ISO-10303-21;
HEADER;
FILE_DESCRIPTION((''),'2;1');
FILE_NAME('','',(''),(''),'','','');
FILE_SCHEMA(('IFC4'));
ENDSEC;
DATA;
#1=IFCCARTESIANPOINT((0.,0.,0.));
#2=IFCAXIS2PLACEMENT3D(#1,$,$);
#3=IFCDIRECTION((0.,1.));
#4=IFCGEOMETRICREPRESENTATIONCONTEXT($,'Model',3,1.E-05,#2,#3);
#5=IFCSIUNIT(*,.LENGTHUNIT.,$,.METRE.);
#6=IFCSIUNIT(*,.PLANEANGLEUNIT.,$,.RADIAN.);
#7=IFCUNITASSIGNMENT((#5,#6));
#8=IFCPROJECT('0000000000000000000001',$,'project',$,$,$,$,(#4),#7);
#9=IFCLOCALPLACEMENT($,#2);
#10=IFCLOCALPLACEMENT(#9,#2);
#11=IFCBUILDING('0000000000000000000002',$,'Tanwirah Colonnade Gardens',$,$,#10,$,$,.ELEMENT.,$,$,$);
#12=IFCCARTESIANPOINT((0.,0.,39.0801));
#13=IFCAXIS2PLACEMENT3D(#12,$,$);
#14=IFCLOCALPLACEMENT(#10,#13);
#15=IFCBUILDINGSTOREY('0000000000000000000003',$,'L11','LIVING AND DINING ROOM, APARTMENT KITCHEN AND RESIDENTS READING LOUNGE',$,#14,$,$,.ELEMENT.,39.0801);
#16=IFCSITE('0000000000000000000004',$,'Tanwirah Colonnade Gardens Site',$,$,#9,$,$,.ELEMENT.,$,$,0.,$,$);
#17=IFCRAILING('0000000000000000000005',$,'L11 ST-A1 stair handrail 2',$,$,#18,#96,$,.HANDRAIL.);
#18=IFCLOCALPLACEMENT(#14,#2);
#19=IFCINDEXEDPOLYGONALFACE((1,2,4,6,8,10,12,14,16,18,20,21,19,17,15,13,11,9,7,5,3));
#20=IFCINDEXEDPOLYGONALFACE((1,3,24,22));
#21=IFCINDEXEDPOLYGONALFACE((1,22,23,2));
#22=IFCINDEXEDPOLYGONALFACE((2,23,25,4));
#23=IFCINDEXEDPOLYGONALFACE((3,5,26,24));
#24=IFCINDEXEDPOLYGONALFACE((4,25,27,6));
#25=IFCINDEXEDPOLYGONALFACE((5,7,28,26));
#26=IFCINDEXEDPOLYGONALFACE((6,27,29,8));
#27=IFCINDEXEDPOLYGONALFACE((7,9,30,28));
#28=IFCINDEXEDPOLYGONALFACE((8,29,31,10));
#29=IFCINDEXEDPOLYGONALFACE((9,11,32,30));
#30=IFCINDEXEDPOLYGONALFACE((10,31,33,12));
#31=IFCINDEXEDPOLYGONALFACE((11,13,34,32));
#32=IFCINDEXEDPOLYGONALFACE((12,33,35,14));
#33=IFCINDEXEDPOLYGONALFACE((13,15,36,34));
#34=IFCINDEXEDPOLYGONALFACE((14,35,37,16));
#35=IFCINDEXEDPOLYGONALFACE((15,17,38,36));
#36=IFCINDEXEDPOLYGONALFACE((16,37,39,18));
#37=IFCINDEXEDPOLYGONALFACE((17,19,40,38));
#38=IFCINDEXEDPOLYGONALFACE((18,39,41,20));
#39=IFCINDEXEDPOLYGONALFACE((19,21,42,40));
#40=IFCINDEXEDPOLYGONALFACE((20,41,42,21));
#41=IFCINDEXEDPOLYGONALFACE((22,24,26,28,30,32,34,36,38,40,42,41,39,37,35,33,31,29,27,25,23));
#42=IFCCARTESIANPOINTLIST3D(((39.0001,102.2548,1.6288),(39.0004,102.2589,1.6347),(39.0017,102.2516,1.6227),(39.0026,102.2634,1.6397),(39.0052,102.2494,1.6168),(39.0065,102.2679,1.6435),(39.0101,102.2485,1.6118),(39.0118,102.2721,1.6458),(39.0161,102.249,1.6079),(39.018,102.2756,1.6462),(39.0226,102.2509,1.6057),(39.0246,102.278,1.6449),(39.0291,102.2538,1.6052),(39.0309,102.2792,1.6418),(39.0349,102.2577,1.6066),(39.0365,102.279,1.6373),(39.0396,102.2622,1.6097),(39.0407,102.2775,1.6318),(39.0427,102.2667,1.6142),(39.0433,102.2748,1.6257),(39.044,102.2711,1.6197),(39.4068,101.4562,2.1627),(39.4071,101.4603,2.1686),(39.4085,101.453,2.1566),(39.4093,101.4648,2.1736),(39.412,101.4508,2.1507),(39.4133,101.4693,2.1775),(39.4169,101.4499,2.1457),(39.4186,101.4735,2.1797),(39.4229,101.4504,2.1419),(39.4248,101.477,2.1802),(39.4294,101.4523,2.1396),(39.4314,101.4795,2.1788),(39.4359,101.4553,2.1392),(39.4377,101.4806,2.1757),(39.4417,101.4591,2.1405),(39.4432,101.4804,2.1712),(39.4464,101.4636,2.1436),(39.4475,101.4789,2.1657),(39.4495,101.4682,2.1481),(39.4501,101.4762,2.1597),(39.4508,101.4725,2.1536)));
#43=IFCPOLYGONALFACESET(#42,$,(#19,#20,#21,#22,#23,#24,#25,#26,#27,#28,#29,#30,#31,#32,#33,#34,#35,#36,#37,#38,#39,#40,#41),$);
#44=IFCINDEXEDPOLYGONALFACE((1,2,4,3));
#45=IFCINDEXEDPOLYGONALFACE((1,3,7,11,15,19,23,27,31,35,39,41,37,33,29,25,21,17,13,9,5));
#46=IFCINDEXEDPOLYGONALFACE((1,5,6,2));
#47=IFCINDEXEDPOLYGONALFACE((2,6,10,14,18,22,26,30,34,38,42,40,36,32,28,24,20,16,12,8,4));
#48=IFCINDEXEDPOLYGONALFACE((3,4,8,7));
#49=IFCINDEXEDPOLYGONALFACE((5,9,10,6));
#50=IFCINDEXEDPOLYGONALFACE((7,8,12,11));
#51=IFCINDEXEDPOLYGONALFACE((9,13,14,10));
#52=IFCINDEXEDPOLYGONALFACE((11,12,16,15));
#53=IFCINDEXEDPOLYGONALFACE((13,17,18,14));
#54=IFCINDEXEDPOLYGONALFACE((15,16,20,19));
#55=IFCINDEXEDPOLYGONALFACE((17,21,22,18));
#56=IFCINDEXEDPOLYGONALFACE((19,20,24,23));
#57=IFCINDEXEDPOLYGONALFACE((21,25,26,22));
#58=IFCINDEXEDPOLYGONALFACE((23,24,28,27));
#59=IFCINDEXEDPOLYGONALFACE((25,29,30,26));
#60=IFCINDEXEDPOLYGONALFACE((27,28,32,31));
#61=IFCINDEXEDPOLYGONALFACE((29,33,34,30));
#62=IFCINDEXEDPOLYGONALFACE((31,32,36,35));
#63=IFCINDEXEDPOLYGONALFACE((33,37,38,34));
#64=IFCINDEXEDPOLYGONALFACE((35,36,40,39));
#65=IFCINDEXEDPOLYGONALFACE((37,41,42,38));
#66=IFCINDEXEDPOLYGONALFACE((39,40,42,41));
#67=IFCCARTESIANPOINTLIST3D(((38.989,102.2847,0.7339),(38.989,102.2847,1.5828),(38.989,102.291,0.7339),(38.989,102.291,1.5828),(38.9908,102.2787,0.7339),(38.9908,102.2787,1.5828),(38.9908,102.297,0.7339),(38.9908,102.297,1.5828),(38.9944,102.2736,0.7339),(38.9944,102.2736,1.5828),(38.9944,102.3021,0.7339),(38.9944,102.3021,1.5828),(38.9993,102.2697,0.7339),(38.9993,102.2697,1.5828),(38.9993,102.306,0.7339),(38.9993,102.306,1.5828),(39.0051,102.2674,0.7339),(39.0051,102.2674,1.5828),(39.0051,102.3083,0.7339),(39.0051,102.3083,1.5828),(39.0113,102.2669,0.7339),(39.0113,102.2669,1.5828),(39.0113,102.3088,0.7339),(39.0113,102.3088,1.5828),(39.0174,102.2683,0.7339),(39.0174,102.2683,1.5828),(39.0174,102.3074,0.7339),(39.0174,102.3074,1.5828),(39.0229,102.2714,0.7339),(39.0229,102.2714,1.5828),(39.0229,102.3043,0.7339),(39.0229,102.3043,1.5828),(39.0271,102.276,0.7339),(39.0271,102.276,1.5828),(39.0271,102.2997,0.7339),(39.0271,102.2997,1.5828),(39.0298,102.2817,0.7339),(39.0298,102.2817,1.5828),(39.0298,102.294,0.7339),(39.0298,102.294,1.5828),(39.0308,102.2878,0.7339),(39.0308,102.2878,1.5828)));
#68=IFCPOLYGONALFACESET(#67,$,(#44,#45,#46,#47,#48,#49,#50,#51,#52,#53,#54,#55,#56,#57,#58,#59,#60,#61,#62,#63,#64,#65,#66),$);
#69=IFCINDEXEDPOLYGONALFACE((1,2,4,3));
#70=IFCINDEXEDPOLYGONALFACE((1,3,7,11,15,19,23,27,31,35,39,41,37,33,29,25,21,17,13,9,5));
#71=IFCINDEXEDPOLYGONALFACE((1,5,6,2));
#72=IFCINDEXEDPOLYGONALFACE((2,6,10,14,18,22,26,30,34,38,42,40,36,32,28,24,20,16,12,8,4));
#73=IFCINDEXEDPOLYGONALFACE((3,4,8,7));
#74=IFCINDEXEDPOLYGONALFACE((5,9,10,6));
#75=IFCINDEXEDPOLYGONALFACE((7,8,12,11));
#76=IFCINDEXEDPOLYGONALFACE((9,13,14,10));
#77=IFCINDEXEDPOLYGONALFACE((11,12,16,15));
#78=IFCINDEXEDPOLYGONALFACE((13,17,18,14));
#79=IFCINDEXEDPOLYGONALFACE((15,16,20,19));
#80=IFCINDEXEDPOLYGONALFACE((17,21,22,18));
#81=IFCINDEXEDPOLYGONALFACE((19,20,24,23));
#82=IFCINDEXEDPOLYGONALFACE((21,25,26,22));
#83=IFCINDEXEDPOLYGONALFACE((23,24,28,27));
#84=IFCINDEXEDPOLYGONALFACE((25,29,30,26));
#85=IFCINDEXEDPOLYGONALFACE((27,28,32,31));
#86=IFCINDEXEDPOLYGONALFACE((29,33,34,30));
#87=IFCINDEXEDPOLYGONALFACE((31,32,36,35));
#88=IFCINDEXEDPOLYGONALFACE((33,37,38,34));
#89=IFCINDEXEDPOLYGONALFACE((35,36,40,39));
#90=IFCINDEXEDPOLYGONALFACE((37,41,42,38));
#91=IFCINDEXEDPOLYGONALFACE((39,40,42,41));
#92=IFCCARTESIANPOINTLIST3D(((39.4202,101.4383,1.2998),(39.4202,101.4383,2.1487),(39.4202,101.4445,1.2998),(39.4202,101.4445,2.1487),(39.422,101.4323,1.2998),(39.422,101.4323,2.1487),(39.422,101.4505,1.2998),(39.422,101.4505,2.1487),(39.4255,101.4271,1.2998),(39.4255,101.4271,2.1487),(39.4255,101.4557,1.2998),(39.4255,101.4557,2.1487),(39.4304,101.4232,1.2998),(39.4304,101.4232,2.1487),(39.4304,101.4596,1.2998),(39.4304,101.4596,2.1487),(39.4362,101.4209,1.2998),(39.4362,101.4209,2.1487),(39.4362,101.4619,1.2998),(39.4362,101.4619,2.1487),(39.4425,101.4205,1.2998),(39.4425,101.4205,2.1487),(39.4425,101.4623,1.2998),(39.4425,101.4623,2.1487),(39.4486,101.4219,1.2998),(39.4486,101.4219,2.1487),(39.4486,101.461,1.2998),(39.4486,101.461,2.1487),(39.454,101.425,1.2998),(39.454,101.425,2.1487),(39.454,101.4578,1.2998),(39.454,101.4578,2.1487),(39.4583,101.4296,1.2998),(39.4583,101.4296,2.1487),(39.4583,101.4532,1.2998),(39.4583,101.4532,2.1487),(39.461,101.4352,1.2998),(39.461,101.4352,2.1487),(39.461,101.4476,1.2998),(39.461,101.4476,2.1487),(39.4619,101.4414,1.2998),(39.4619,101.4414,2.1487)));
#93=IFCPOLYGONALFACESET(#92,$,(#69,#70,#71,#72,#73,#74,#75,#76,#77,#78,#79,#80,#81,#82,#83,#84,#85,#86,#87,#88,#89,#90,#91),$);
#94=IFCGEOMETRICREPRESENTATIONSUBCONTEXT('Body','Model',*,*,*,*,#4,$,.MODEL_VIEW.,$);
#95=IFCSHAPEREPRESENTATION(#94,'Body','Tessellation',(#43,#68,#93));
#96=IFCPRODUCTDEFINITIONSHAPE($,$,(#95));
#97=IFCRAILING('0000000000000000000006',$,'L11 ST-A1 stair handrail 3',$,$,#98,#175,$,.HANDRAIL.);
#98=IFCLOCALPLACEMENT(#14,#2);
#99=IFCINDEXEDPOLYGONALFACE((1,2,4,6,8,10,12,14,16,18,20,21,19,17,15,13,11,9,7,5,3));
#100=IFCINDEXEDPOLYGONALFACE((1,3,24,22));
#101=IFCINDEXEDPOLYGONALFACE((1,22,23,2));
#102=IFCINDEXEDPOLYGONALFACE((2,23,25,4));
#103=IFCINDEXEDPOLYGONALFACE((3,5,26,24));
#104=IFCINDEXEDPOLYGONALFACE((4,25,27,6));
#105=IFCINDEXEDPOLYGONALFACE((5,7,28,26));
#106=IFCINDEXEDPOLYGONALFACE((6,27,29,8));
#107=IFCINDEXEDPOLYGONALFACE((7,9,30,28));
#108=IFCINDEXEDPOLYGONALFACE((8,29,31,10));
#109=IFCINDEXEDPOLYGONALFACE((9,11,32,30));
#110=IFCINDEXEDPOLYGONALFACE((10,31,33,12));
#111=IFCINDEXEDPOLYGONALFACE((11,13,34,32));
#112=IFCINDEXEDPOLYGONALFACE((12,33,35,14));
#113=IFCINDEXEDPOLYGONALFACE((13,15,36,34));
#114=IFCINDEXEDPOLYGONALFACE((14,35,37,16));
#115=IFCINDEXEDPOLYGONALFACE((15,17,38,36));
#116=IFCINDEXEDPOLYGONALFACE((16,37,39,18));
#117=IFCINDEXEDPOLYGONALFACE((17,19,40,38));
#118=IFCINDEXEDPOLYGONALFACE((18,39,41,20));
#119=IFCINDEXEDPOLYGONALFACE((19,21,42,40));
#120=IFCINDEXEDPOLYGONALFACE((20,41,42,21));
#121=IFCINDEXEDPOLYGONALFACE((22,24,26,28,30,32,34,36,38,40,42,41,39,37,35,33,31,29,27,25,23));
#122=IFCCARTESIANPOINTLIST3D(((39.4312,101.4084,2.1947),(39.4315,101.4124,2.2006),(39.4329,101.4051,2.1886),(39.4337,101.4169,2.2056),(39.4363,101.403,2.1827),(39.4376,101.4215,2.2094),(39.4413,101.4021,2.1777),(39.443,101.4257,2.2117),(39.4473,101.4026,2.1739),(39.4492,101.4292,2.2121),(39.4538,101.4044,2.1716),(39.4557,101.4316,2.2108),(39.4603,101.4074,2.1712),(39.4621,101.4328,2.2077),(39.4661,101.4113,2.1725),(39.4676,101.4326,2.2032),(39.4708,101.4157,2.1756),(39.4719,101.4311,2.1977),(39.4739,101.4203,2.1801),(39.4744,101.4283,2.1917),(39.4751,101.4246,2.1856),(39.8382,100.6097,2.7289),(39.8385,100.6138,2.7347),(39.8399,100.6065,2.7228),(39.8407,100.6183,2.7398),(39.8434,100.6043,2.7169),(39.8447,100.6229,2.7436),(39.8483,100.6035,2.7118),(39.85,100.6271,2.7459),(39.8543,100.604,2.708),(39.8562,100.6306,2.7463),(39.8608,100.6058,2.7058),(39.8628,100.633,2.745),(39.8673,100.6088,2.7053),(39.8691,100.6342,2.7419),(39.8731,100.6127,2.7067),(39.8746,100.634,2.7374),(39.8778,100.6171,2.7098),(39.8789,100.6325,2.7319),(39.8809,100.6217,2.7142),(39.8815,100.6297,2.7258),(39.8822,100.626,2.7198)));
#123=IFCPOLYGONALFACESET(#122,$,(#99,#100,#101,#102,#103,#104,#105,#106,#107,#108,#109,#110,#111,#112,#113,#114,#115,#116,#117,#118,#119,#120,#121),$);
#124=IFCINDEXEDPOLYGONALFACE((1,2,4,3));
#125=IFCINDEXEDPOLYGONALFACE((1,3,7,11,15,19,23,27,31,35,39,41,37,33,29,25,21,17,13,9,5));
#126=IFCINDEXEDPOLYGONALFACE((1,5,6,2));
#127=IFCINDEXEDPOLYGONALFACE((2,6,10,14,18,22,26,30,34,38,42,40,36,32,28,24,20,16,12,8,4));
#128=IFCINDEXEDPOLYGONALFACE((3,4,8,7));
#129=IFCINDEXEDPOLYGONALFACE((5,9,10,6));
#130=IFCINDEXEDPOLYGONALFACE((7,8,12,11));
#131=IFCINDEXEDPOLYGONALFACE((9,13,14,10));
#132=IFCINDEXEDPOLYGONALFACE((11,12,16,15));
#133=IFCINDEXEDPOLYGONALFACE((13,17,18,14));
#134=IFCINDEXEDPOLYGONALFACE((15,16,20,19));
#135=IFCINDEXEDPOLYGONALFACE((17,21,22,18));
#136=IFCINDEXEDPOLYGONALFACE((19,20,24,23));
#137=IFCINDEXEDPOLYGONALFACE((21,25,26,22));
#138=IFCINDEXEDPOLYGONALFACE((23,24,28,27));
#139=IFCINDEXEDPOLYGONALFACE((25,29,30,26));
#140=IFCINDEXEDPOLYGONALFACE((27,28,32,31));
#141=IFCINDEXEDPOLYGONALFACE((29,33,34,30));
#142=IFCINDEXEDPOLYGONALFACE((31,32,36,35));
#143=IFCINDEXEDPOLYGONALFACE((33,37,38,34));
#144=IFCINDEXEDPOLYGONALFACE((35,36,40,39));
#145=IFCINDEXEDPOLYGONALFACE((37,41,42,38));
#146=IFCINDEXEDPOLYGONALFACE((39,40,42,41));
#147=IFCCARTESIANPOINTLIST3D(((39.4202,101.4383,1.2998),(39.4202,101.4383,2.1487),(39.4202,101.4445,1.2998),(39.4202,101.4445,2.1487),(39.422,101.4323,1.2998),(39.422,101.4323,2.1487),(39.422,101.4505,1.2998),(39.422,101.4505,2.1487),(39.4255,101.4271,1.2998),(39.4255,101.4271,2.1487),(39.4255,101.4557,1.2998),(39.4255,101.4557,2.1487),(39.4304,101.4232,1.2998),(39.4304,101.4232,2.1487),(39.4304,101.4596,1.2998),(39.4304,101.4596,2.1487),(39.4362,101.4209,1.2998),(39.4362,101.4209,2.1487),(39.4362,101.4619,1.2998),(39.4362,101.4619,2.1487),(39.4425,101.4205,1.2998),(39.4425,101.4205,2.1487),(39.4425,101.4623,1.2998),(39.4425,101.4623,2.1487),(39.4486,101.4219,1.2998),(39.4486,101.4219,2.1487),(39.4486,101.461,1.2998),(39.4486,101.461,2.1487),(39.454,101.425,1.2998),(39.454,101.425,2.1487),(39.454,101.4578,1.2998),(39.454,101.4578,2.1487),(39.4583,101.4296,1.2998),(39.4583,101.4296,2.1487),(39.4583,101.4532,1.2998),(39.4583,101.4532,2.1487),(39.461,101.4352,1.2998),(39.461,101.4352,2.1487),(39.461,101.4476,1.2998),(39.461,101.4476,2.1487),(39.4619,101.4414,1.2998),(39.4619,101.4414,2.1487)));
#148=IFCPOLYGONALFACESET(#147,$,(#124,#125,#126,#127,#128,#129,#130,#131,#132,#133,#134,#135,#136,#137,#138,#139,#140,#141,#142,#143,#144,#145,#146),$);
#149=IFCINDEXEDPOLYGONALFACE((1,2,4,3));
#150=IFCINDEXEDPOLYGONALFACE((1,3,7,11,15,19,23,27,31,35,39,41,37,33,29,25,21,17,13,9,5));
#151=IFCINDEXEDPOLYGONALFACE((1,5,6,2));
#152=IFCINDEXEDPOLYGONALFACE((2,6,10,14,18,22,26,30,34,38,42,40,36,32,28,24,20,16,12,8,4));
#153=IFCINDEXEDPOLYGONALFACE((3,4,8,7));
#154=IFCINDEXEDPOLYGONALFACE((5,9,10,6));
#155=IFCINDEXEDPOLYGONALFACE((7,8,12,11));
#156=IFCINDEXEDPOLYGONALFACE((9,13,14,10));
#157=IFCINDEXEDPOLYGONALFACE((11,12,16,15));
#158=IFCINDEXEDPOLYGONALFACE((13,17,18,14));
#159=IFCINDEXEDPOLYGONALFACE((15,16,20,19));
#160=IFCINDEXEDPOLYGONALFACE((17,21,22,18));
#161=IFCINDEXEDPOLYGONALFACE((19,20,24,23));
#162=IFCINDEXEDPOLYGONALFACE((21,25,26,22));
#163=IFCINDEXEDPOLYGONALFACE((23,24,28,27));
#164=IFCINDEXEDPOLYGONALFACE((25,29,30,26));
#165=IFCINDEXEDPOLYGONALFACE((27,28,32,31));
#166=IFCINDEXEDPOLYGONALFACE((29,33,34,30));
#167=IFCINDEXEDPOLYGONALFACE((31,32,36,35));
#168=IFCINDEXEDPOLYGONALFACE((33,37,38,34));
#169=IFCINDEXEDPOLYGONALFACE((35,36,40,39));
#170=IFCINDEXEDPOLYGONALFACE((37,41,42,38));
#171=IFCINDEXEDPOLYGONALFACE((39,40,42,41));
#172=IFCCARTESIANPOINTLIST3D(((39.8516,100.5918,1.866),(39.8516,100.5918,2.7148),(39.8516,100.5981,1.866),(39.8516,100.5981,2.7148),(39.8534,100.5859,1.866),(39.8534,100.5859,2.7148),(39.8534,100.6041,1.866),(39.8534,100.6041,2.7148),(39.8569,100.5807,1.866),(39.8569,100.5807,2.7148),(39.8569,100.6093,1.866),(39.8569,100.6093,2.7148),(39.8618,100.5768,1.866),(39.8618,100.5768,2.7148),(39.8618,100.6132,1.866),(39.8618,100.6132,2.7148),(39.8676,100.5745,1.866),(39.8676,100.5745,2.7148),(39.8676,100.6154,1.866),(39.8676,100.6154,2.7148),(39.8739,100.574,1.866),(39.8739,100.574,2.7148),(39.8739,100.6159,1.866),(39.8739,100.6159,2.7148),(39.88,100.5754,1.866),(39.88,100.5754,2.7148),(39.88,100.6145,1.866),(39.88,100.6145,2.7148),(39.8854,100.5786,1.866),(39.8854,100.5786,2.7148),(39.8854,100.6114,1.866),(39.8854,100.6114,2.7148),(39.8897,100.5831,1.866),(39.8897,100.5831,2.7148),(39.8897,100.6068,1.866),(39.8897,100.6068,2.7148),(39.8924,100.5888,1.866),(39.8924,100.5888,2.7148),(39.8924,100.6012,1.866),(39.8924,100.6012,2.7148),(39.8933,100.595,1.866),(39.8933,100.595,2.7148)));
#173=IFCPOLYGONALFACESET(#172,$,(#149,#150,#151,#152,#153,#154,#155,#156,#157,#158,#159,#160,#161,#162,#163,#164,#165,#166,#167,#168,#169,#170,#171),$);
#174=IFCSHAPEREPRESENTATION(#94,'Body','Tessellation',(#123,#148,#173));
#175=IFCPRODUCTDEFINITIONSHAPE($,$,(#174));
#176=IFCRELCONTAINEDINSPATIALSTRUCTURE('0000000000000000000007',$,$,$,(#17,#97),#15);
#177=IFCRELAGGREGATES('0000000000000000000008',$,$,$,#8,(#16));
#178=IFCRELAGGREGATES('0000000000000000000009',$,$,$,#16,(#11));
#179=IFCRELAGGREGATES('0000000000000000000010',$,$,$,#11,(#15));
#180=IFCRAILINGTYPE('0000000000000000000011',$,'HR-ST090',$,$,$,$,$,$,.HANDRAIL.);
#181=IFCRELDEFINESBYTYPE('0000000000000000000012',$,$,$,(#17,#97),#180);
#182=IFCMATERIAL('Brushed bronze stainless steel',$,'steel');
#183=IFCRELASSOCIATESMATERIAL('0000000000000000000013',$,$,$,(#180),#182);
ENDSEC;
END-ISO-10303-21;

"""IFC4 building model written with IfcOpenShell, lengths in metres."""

from ifc_helpers import new_model, si_unit, direction, frame, origin, origin_2d, place, context, subcontext, project, spatial, circle, extrude, material, type_object, element, save


model = new_model("IFC4")

# Units and contexts
model_context = context("Model", 3, precision=1e-05, world=origin(), true_north=direction((0.0, 1.0)))
body_context = subcontext(model_context, "Body", "Model", "MODEL_VIEW")
ifc_project = project(units=[si_unit("LENGTHUNIT", "METRE"), si_unit("PLANEANGLEUNIT", "RADIAN")], contexts=[model_context])

# Site, building, storey
site_placement = place(None, origin())
site = spatial("IfcSite", under=ifc_project, at=site_placement, Name="Tanwirah Colonnade Gardens Site", CompositionType="ELEMENT", RefElevation=0.0)
building_placement = place(site_placement, origin())
building = spatial("IfcBuilding", under=site, at=building_placement, Name="Tanwirah Colonnade Gardens", CompositionType="ELEMENT")
storey_placement = place(building_placement, frame((0.0, 0.0, 39.0801)))
storey = spatial("IfcBuildingStorey", under=building, at=storey_placement, Name="L11", Description="LIVING AND DINING ROOM, APARTMENT KITCHEN AND RESIDENTS READING LOUNGE", CompositionType="ELEMENT", Elevation=39.0801)

# Railings
ifc_material_1 = material(Name="Brushed bronze stainless steel", Category="steel")
railing_type_1 = type_object("IfcRailingType", Name="HR-ST090", PredefinedType="HANDRAIL", material=ifc_material_1)
railing_1_placement = place(storey_placement, frame((39.0098, 102.2878, 0.7339)))
element("IfcRailing", 1, at=railing_1_placement, inside=storey, type_object=railing_type_1, Name="L11 ST-A1 stair handrail 2", PredefinedType="HANDRAIL", context=body_context, shape_type="SweptSolid", body=[
    extrude(circle(Radius=0.0239, at=origin_2d()), frame((0.0122, -0.0239, 0.8918), z_axis=(0.38993, -0.765509, 0.511811), x_axis=(0.891061, 0.453883, 0.0)), (0.0, 0.0, 1.0), 1.0432),
    extrude(circle(Radius=0.021, at=origin_2d()), origin(), (0.0, 0.0, 1.0), 0.8489),
    extrude(circle(Radius=0.021, at=origin_2d()), frame((0.4312, -0.8464, 0.5659)), (0.0, 0.0, 1.0), 0.8489),
])
railing_2_placement = place(storey_placement, frame((39.4409, 101.4414, 1.2998)))
element("IfcRailing", 2, at=railing_2_placement, inside=storey, type_object=railing_type_1, Name="L11 ST-A1 stair handrail 3", PredefinedType="HANDRAIL", context=body_context, shape_type="SweptSolid", body=[
    extrude(circle(Radius=0.0239, at=origin_2d()), frame((0.0122, -0.0239, 0.8918), z_axis=(0.390073, -0.765356, 0.51193), x_axis=(0.890957, 0.454087, 0.0)), (0.0, 0.0, 1.0), 1.0435),
    extrude(circle(Radius=0.021, at=origin_2d()), origin(), (0.0, 0.0, 1.0), 0.8489),
    extrude(circle(Radius=0.021, at=origin_2d()), frame((0.4314, -0.8464, 0.5662)), (0.0, 0.0, 1.0), 0.8489),
])

save(model, "model.ifc")
